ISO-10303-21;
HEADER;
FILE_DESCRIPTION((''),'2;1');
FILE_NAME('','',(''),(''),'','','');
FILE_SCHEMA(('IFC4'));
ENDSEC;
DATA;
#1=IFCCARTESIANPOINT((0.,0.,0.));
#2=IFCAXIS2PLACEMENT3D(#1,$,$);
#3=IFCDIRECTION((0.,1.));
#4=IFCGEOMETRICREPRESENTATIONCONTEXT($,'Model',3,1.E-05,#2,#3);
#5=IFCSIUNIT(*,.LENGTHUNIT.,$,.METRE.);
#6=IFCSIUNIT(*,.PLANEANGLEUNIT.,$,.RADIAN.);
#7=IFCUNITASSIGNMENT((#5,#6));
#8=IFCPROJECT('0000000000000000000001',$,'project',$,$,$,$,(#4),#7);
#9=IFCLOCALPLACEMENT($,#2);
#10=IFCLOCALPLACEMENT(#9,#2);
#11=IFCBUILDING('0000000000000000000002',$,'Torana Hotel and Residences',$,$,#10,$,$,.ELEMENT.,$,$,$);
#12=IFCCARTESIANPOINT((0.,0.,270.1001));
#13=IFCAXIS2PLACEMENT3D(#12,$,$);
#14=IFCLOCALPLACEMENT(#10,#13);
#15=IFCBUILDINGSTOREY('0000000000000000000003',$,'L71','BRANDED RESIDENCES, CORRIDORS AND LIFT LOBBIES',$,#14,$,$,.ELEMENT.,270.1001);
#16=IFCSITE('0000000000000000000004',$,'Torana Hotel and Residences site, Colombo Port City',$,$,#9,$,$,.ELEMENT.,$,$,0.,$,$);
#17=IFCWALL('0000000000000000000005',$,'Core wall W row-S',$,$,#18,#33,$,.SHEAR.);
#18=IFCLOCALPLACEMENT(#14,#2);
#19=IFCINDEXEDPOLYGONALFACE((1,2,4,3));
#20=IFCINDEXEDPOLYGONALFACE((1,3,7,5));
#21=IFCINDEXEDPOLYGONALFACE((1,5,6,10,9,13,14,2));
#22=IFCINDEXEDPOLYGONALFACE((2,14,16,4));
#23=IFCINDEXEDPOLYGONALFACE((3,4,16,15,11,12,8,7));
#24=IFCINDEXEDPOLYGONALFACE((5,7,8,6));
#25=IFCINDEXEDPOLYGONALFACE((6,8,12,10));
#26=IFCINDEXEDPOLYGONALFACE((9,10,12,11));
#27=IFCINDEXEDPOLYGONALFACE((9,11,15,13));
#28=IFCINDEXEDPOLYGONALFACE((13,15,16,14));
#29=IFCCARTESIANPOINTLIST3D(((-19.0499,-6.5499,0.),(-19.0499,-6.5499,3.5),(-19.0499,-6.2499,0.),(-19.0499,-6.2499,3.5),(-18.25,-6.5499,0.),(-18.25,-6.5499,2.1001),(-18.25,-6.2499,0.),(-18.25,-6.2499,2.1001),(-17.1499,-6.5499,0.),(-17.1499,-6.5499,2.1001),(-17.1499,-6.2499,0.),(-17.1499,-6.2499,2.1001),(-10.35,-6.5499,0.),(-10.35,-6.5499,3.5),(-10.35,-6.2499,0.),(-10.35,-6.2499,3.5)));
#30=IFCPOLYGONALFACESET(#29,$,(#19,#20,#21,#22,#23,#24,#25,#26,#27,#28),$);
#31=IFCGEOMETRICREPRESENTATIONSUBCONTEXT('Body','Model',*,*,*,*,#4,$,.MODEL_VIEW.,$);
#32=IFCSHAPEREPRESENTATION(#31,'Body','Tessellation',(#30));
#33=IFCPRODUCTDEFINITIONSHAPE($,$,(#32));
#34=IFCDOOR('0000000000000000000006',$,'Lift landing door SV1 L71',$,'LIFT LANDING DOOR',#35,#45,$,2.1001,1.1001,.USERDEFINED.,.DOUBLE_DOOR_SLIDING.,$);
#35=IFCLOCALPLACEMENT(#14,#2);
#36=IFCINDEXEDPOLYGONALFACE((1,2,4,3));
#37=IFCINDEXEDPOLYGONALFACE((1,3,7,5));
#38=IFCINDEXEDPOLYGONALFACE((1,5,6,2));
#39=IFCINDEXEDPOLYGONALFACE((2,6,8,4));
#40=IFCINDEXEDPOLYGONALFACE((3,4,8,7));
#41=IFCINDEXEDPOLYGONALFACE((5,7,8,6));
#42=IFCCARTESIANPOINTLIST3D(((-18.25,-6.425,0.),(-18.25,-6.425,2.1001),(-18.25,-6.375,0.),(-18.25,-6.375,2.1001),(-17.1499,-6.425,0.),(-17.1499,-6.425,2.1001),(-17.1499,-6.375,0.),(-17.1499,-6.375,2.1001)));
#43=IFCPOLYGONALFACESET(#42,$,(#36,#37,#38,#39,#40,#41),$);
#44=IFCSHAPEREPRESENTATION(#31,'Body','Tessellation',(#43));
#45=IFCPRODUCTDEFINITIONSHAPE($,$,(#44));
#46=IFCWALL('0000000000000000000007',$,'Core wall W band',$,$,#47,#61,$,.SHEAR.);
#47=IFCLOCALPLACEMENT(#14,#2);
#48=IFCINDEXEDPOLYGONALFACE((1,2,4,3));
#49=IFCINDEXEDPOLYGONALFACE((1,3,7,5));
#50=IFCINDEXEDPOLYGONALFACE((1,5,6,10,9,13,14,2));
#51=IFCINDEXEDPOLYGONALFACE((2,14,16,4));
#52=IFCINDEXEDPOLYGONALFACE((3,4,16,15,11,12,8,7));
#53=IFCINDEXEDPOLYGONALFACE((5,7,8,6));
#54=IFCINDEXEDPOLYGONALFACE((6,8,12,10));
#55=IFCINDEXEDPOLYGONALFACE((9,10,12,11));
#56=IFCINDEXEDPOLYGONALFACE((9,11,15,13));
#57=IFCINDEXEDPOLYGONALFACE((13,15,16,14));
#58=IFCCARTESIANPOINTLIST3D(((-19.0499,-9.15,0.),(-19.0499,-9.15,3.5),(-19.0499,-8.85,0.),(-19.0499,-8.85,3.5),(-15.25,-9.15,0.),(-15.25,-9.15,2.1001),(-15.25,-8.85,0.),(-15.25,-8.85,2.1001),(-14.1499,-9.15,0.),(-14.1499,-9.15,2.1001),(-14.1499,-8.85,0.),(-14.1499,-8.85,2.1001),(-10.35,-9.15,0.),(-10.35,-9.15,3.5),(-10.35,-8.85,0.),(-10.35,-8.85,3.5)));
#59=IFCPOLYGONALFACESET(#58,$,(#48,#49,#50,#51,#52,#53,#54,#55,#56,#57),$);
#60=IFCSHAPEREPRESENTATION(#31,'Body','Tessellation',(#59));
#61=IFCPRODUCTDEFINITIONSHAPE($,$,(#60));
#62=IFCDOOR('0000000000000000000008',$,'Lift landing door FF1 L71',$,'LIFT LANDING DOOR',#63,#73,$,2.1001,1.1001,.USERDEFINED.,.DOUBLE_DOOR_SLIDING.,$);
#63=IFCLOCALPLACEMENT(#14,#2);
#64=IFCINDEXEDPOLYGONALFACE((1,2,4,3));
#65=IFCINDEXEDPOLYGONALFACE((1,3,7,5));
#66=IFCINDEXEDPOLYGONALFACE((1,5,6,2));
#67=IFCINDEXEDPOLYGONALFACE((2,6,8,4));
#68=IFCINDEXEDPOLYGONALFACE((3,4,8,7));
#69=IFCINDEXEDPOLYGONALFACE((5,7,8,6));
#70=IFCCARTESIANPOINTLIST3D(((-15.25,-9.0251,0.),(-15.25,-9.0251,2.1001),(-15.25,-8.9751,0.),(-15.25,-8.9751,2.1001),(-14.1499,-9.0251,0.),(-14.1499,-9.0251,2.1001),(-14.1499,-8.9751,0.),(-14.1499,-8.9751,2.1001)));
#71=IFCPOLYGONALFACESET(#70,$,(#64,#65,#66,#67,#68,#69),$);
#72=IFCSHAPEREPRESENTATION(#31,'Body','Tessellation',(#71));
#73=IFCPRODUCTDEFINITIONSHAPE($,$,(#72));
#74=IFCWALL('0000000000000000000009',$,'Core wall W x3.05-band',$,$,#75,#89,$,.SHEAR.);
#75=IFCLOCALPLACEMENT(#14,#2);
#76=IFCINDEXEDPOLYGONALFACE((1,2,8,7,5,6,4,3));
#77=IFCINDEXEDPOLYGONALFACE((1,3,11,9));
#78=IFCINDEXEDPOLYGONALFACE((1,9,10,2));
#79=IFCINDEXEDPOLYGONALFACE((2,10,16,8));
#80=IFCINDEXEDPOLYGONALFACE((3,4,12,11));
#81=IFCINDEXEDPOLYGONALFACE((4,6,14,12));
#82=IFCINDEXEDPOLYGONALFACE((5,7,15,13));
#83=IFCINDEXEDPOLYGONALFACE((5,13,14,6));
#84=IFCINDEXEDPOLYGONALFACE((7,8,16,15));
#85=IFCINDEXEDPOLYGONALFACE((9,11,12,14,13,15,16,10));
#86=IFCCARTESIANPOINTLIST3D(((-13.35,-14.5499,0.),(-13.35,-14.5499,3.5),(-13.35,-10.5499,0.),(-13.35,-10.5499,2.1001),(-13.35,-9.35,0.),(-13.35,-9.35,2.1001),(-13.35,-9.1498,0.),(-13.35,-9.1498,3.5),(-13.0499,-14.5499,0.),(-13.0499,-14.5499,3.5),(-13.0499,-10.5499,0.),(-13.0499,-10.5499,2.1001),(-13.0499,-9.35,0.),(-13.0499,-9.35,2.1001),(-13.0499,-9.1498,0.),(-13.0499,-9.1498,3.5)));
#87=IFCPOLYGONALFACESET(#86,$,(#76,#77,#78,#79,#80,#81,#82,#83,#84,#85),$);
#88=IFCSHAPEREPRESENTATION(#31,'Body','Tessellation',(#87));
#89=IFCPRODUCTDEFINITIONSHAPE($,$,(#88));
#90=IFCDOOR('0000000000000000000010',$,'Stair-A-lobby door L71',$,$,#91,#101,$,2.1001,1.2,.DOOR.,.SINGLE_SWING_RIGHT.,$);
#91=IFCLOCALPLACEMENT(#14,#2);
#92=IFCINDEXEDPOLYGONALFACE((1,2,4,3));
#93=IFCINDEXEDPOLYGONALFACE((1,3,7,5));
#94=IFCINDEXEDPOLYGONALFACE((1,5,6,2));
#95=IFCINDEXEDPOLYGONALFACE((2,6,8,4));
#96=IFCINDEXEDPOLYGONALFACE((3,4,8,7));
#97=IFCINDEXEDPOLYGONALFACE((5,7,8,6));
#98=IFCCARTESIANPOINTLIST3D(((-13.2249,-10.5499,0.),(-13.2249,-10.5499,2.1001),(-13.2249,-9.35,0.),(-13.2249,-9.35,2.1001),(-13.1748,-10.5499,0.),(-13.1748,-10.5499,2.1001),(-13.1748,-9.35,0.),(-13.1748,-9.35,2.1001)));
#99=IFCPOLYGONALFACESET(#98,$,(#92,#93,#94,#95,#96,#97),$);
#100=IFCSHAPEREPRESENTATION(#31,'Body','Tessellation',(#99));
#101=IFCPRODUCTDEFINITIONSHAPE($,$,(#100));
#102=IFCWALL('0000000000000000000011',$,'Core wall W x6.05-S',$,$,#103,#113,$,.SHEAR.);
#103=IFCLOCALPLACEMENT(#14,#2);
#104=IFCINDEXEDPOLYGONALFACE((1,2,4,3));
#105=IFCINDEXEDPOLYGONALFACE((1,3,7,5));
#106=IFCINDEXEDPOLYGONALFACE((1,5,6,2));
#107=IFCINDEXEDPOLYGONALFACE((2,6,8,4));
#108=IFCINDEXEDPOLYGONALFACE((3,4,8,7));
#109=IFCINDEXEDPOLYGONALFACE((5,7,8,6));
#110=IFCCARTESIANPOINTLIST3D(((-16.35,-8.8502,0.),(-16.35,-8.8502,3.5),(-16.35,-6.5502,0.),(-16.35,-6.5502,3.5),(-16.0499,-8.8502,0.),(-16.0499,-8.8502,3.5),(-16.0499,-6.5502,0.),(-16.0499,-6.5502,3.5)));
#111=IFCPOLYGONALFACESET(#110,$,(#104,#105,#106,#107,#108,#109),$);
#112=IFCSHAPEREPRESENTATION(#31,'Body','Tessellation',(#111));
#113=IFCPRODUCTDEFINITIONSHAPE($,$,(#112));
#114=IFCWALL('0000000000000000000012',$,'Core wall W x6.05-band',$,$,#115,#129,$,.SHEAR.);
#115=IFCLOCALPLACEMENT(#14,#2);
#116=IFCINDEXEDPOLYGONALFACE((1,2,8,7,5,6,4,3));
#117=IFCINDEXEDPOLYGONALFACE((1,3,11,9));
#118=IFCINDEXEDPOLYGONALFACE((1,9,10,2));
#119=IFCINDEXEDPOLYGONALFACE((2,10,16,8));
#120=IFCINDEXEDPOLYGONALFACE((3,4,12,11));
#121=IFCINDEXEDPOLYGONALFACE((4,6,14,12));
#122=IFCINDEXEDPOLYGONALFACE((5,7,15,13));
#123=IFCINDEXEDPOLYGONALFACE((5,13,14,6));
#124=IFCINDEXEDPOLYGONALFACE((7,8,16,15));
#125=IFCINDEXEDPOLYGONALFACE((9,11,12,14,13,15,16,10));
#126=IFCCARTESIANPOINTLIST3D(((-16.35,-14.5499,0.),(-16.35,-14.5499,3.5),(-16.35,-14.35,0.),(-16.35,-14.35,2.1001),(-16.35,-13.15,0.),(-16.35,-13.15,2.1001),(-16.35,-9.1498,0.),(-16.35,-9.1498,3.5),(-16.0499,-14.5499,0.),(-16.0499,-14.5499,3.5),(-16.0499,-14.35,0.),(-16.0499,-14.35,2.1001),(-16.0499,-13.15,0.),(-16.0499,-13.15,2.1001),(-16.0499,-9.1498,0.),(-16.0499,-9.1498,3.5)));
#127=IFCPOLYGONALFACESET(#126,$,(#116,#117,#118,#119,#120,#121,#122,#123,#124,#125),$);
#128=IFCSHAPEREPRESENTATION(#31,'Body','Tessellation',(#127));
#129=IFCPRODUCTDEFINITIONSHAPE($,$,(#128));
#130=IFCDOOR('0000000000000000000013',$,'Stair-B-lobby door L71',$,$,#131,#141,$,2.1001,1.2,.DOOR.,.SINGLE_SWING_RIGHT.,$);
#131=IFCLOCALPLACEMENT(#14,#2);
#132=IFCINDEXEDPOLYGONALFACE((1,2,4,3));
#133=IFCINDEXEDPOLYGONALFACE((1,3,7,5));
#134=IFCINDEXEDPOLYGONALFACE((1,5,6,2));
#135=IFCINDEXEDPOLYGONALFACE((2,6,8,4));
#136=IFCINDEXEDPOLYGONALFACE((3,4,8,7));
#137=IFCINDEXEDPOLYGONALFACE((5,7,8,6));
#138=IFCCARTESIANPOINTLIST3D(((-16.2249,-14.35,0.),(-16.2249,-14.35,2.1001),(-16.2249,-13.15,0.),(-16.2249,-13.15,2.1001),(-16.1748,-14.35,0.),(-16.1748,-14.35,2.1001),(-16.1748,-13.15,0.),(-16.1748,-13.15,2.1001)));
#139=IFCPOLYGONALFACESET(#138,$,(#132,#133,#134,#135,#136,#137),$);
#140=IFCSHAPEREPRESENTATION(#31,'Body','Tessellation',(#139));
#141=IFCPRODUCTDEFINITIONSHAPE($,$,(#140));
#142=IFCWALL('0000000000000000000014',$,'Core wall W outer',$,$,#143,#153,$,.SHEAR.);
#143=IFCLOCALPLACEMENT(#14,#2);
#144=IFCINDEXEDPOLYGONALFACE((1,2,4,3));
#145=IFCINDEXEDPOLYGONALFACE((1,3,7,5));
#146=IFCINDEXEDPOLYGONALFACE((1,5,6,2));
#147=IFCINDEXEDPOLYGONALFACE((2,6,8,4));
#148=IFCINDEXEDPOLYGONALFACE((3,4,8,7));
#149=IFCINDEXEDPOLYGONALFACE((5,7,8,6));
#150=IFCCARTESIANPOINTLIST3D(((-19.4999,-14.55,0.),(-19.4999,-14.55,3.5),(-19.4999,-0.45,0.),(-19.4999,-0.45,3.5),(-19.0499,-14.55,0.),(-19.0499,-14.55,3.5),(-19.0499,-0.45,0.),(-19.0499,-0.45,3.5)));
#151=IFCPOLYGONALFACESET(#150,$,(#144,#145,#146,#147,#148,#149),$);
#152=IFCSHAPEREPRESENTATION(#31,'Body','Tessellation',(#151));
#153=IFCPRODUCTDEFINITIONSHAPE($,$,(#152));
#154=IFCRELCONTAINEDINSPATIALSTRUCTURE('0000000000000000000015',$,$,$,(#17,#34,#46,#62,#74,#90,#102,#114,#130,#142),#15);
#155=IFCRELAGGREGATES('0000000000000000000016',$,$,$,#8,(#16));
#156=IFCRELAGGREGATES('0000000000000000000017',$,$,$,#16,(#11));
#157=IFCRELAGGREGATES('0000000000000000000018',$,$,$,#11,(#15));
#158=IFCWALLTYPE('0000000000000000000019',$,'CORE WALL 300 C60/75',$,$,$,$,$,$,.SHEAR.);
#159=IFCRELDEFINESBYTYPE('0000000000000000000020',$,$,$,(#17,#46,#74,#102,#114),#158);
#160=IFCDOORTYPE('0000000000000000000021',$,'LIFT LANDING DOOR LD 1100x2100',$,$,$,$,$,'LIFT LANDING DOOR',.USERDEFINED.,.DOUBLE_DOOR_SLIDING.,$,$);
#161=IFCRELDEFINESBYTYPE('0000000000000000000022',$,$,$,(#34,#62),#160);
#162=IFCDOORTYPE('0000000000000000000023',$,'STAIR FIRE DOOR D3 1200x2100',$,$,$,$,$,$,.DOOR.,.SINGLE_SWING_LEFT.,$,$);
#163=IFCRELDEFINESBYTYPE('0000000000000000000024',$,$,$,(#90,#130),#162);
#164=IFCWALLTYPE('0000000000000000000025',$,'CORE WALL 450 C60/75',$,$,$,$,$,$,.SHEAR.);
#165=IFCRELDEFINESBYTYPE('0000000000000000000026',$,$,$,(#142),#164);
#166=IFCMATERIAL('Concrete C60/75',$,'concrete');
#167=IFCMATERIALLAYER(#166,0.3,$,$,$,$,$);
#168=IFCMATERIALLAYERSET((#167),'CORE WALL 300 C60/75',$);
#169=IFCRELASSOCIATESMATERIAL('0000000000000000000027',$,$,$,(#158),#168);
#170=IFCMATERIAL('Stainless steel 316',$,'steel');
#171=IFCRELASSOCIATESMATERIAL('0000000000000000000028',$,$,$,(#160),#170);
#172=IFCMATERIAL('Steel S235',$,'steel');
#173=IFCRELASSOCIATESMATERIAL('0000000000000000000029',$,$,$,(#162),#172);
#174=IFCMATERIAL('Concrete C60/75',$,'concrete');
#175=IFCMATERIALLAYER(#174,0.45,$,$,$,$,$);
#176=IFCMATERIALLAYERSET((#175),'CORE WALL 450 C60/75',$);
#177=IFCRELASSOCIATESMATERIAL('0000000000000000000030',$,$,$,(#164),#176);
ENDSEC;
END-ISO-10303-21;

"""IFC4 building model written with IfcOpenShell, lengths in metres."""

from ifc_helpers import new_model, si_unit, direction, frame, frame_2d, origin, place, context, subcontext, project, spatial, rectangle, extrude, material, layer, layer_set, type_object, element, fill, save


model = new_model("IFC4")

# Units and contexts
model_context = context("Model", 3, precision=1e-05, world=origin(), true_north=direction((0.0, 1.0)))
body_context = subcontext(model_context, "Body", "Model", "MODEL_VIEW")
ifc_project = project(units=[si_unit("LENGTHUNIT", "METRE"), si_unit("PLANEANGLEUNIT", "RADIAN")], contexts=[model_context])

# Site, building, storey
site_placement = place(None, origin())
site = spatial("IfcSite", under=ifc_project, at=site_placement, Name="Torana Hotel and Residences site, Colombo Port City", CompositionType="ELEMENT", RefElevation=0.0)
building_placement = place(site_placement, origin())
building = spatial("IfcBuilding", under=site, at=building_placement, Name="Torana Hotel and Residences", CompositionType="ELEMENT")
storey_placement = place(building_placement, frame((0.0, 0.0, 270.1001)))
storey = spatial("IfcBuildingStorey", under=building, at=storey_placement, Name="L71", Description="BRANDED RESIDENCES, CORRIDORS AND LIFT LOBBIES", CompositionType="ELEMENT", Elevation=270.1001)

# Walls, openings, doors
ifc_material_1 = material(Name="Concrete C60/75", Category="concrete")
ifc_layer_1 = layer(ifc_material_1, 0.3)
ifc_layer_set_1 = layer_set([ifc_layer_1], Name="CORE WALL 300 C60/75")
wall_type_1 = type_object("IfcWallType", Name="CORE WALL 300 C60/75", PredefinedType="SHEAR", material=ifc_layer_set_1)
wall_1_placement = place(storey_placement, frame((-19.05, -6.3999, 0.0), z_axis=(0.0, 0.0, 1.0), x_axis=(1.0, 0.0, 0.0)))
wall_1 = element("IfcWall", 1, at=wall_1_placement, inside=storey, type_object=wall_type_1, Name="Core wall W row-S", PredefinedType="SHEAR", context=body_context, shape_type="SweptSolid", body=[
    extrude(rectangle(XDim=8.7, YDim=0.3, at=frame_2d((4.3501, 0.0))), origin(), (0.0, 0.0, 1.0), 3.5),
])
opening_1_placement = place(wall_1_placement, frame((0.8, 0.0, 0.0)))
opening_1 = element("IfcOpeningElement", 2, at=opening_1_placement, cuts=wall_1, PredefinedType="OPENING", context=body_context, shape_type="SweptSolid", body=[
    extrude(rectangle(XDim=1.1001, YDim=2.1001, at=frame_2d((0.55, 1.05))), frame((0.0, 0.1599, 0.0), z_axis=(0.0, -1.0, 0.0), x_axis=(1.0, 0.0, 0.0)), (0.0, 0.0, 1.0), 0.3201),
])
ifc_material_2 = material(Name="Stainless steel 316", Category="steel")
door_type_1 = type_object("IfcDoorType", Name="LIFT LANDING DOOR LD 1100x2100", ElementType="LIFT LANDING DOOR", OperationType="DOUBLE_DOOR_SLIDING", PredefinedType="USERDEFINED", material=ifc_material_2)
door_1_placement = place(opening_1_placement, origin())
door_1 = element("IfcDoor", 3, at=door_1_placement, inside=storey, type_object=door_type_1, Name="Lift landing door SV1 L71", ObjectType="LIFT LANDING DOOR", OperationType="DOUBLE_DOOR_SLIDING", OverallHeight=2.1001, OverallWidth=1.1001, PredefinedType="USERDEFINED", context=body_context, shape_type="SweptSolid", body=[
    extrude(rectangle(XDim=1.1001, YDim=2.1001, at=frame_2d((0.55, 1.05))), frame((0.0, 0.0249, 0.0), z_axis=(0.0, -1.0, 0.0), x_axis=(1.0, 0.0, 0.0)), (0.0, 0.0, 1.0), 0.05),
])
fill(opening_1, door_1)
wall_2_placement = place(storey_placement, frame((-19.05, -9.0, 0.0), z_axis=(0.0, 0.0, 1.0), x_axis=(1.0, 0.0, 0.0)))
wall_2 = element("IfcWall", 4, at=wall_2_placement, inside=storey, type_object=wall_type_1, Name="Core wall W band", PredefinedType="SHEAR", context=body_context, shape_type="SweptSolid", body=[
    extrude(rectangle(XDim=8.7, YDim=0.3, at=frame_2d((4.3501, 0.0))), origin(), (0.0, 0.0, 1.0), 3.5),
])
opening_2_placement = place(wall_2_placement, frame((3.8, 0.0, 0.0)))
opening_2 = element("IfcOpeningElement", 5, at=opening_2_placement, cuts=wall_2, PredefinedType="OPENING", context=body_context, shape_type="SweptSolid", body=[
    extrude(rectangle(XDim=1.1001, YDim=2.1001, at=frame_2d((0.55, 1.05))), frame((0.0, 0.1599, 0.0), z_axis=(0.0, -1.0, 0.0), x_axis=(1.0, 0.0, 0.0)), (0.0, 0.0, 1.0), 0.3201),
])
door_2_placement = place(opening_2_placement, origin())
door_2 = element("IfcDoor", 6, at=door_2_placement, inside=storey, type_object=door_type_1, Name="Lift landing door FF1 L71", ObjectType="LIFT LANDING DOOR", OperationType="DOUBLE_DOOR_SLIDING", OverallHeight=2.1001, OverallWidth=1.1001, PredefinedType="USERDEFINED", context=body_context, shape_type="SweptSolid", body=[
    extrude(rectangle(XDim=1.1001, YDim=2.1001, at=frame_2d((0.55, 1.05))), frame((0.0, 0.0249, 0.0), z_axis=(0.0, -1.0, 0.0), x_axis=(1.0, 0.0, 0.0)), (0.0, 0.0, 1.0), 0.05),
])
fill(opening_2, door_2)
wall_3_placement = place(storey_placement, frame((-13.2, -14.55, 0.0), z_axis=(0.0, 0.0, 1.0), x_axis=(0.0, 1.0, 0.0)))
wall_3 = element("IfcWall", 7, at=wall_3_placement, inside=storey, type_object=wall_type_1, Name="Core wall W x3.05-band", PredefinedType="SHEAR", context=body_context, shape_type="SweptSolid", body=[
    extrude(rectangle(XDim=5.4001, YDim=0.3, at=frame_2d((2.7002, 0.0))), origin(), (0.0, 0.0, 1.0), 3.5),
])
opening_3_placement = place(wall_3_placement, frame((4.0, 0.0, 0.0)))
opening_3 = element("IfcOpeningElement", 8, at=opening_3_placement, cuts=wall_3, PredefinedType="OPENING", context=body_context, shape_type="SweptSolid", body=[
    extrude(rectangle(XDim=1.2, YDim=2.1001, at=frame_2d((0.6001, 1.05))), frame((0.0, 0.1599, 0.0), z_axis=(0.0, -1.0, 0.0), x_axis=(1.0, 0.0, 0.0)), (0.0, 0.0, 1.0), 0.3201),
])
ifc_material_3 = material(Name="Steel S235", Category="steel")
door_type_2 = type_object("IfcDoorType", Name="STAIR FIRE DOOR D3 1200x2100", OperationType="SINGLE_SWING_LEFT", PredefinedType="DOOR", material=ifc_material_3)
door_3_placement = place(opening_3_placement, frame((0.6001, 0.0, 0.0), z_axis=(0.0, 0.0, 1.0), x_axis=(-1.0, 0.0, 0.0)))
door_3 = element("IfcDoor", 9, at=door_3_placement, inside=storey, type_object=door_type_2, Name="Stair-A-lobby door L71", OperationType="SINGLE_SWING_RIGHT", OverallHeight=2.1001, OverallWidth=1.2, PredefinedType="DOOR", context=body_context, shape_type="SweptSolid", body=[
    extrude(rectangle(XDim=1.2, YDim=2.1001, at=frame_2d((0.0, 1.05))), frame((0.0, -0.0249, 0.0), z_axis=(0.0, 1.0, 0.0), x_axis=(-1.0, 0.0, 0.0)), (0.0, 0.0, 1.0), 0.05),
])
fill(opening_3, door_3)

# Wall
wall_4_placement = place(storey_placement, frame((-16.2, -8.8501, 0.0), z_axis=(0.0, 0.0, 1.0), x_axis=(0.0, 1.0, 0.0)))
element("IfcWall", 10, at=wall_4_placement, inside=storey, type_object=wall_type_1, Name="Core wall W x6.05-S", PredefinedType="SHEAR", context=body_context, shape_type="SweptSolid", body=[
    extrude(rectangle(XDim=2.3, YDim=0.3, at=frame_2d((1.1499, 0.0))), origin(), (0.0, 0.0, 1.0), 3.5),
])

# Wall, opening, door
wall_5_placement = place(storey_placement, frame((-16.2, -14.55, 0.0), z_axis=(0.0, 0.0, 1.0), x_axis=(0.0, 1.0, 0.0)))
wall_5 = element("IfcWall", 11, at=wall_5_placement, inside=storey, type_object=wall_type_1, Name="Core wall W x6.05-band", PredefinedType="SHEAR", context=body_context, shape_type="SweptSolid", body=[
    extrude(rectangle(XDim=5.4001, YDim=0.3, at=frame_2d((2.7002, 0.0))), origin(), (0.0, 0.0, 1.0), 3.5),
])
opening_4_placement = place(wall_5_placement, frame((0.2, 0.0, 0.0)))
opening_4 = element("IfcOpeningElement", 12, at=opening_4_placement, cuts=wall_5, PredefinedType="OPENING", context=body_context, shape_type="SweptSolid", body=[
    extrude(rectangle(XDim=1.2, YDim=2.1001, at=frame_2d((0.6001, 1.05))), frame((0.0, 0.1599, 0.0), z_axis=(0.0, -1.0, 0.0), x_axis=(1.0, 0.0, 0.0)), (0.0, 0.0, 1.0), 0.3201),
])
door_4_placement = place(opening_4_placement, origin())
door_4 = element("IfcDoor", 13, at=door_4_placement, inside=storey, type_object=door_type_2, Name="Stair-B-lobby door L71", OperationType="SINGLE_SWING_RIGHT", OverallHeight=2.1001, OverallWidth=1.2, PredefinedType="DOOR", context=body_context, shape_type="SweptSolid", body=[
    extrude(rectangle(XDim=1.2, YDim=2.1001, at=frame_2d((0.6001, 1.05))), frame((0.0, 0.0249, 0.0), z_axis=(0.0, -1.0, 0.0), x_axis=(1.0, 0.0, 0.0)), (0.0, 0.0, 1.0), 0.05),
])
fill(opening_4, door_4)

# Wall
ifc_material_4 = material(Name="Concrete C60/75", Category="concrete")
ifc_layer_2 = layer(ifc_material_4, 0.45)
ifc_layer_set_2 = layer_set([ifc_layer_2], Name="CORE WALL 450 C60/75")
wall_type_2 = type_object("IfcWallType", Name="CORE WALL 450 C60/75", PredefinedType="SHEAR", material=ifc_layer_set_2)
wall_6_placement = place(storey_placement, frame((-19.2749, -14.55, 0.0), z_axis=(0.0, 0.0, 1.0), x_axis=(0.0, 1.0, 0.0)))
element("IfcWall", 14, at=wall_6_placement, inside=storey, type_object=wall_type_2, Name="Core wall W outer", PredefinedType="SHEAR", context=body_context, shape_type="SweptSolid", body=[
    extrude(rectangle(XDim=14.1001, YDim=0.45, at=frame_2d((7.05, 0.0))), origin(), (0.0, 0.0, 1.0), 3.5),
])

save(model, "model.ifc")
